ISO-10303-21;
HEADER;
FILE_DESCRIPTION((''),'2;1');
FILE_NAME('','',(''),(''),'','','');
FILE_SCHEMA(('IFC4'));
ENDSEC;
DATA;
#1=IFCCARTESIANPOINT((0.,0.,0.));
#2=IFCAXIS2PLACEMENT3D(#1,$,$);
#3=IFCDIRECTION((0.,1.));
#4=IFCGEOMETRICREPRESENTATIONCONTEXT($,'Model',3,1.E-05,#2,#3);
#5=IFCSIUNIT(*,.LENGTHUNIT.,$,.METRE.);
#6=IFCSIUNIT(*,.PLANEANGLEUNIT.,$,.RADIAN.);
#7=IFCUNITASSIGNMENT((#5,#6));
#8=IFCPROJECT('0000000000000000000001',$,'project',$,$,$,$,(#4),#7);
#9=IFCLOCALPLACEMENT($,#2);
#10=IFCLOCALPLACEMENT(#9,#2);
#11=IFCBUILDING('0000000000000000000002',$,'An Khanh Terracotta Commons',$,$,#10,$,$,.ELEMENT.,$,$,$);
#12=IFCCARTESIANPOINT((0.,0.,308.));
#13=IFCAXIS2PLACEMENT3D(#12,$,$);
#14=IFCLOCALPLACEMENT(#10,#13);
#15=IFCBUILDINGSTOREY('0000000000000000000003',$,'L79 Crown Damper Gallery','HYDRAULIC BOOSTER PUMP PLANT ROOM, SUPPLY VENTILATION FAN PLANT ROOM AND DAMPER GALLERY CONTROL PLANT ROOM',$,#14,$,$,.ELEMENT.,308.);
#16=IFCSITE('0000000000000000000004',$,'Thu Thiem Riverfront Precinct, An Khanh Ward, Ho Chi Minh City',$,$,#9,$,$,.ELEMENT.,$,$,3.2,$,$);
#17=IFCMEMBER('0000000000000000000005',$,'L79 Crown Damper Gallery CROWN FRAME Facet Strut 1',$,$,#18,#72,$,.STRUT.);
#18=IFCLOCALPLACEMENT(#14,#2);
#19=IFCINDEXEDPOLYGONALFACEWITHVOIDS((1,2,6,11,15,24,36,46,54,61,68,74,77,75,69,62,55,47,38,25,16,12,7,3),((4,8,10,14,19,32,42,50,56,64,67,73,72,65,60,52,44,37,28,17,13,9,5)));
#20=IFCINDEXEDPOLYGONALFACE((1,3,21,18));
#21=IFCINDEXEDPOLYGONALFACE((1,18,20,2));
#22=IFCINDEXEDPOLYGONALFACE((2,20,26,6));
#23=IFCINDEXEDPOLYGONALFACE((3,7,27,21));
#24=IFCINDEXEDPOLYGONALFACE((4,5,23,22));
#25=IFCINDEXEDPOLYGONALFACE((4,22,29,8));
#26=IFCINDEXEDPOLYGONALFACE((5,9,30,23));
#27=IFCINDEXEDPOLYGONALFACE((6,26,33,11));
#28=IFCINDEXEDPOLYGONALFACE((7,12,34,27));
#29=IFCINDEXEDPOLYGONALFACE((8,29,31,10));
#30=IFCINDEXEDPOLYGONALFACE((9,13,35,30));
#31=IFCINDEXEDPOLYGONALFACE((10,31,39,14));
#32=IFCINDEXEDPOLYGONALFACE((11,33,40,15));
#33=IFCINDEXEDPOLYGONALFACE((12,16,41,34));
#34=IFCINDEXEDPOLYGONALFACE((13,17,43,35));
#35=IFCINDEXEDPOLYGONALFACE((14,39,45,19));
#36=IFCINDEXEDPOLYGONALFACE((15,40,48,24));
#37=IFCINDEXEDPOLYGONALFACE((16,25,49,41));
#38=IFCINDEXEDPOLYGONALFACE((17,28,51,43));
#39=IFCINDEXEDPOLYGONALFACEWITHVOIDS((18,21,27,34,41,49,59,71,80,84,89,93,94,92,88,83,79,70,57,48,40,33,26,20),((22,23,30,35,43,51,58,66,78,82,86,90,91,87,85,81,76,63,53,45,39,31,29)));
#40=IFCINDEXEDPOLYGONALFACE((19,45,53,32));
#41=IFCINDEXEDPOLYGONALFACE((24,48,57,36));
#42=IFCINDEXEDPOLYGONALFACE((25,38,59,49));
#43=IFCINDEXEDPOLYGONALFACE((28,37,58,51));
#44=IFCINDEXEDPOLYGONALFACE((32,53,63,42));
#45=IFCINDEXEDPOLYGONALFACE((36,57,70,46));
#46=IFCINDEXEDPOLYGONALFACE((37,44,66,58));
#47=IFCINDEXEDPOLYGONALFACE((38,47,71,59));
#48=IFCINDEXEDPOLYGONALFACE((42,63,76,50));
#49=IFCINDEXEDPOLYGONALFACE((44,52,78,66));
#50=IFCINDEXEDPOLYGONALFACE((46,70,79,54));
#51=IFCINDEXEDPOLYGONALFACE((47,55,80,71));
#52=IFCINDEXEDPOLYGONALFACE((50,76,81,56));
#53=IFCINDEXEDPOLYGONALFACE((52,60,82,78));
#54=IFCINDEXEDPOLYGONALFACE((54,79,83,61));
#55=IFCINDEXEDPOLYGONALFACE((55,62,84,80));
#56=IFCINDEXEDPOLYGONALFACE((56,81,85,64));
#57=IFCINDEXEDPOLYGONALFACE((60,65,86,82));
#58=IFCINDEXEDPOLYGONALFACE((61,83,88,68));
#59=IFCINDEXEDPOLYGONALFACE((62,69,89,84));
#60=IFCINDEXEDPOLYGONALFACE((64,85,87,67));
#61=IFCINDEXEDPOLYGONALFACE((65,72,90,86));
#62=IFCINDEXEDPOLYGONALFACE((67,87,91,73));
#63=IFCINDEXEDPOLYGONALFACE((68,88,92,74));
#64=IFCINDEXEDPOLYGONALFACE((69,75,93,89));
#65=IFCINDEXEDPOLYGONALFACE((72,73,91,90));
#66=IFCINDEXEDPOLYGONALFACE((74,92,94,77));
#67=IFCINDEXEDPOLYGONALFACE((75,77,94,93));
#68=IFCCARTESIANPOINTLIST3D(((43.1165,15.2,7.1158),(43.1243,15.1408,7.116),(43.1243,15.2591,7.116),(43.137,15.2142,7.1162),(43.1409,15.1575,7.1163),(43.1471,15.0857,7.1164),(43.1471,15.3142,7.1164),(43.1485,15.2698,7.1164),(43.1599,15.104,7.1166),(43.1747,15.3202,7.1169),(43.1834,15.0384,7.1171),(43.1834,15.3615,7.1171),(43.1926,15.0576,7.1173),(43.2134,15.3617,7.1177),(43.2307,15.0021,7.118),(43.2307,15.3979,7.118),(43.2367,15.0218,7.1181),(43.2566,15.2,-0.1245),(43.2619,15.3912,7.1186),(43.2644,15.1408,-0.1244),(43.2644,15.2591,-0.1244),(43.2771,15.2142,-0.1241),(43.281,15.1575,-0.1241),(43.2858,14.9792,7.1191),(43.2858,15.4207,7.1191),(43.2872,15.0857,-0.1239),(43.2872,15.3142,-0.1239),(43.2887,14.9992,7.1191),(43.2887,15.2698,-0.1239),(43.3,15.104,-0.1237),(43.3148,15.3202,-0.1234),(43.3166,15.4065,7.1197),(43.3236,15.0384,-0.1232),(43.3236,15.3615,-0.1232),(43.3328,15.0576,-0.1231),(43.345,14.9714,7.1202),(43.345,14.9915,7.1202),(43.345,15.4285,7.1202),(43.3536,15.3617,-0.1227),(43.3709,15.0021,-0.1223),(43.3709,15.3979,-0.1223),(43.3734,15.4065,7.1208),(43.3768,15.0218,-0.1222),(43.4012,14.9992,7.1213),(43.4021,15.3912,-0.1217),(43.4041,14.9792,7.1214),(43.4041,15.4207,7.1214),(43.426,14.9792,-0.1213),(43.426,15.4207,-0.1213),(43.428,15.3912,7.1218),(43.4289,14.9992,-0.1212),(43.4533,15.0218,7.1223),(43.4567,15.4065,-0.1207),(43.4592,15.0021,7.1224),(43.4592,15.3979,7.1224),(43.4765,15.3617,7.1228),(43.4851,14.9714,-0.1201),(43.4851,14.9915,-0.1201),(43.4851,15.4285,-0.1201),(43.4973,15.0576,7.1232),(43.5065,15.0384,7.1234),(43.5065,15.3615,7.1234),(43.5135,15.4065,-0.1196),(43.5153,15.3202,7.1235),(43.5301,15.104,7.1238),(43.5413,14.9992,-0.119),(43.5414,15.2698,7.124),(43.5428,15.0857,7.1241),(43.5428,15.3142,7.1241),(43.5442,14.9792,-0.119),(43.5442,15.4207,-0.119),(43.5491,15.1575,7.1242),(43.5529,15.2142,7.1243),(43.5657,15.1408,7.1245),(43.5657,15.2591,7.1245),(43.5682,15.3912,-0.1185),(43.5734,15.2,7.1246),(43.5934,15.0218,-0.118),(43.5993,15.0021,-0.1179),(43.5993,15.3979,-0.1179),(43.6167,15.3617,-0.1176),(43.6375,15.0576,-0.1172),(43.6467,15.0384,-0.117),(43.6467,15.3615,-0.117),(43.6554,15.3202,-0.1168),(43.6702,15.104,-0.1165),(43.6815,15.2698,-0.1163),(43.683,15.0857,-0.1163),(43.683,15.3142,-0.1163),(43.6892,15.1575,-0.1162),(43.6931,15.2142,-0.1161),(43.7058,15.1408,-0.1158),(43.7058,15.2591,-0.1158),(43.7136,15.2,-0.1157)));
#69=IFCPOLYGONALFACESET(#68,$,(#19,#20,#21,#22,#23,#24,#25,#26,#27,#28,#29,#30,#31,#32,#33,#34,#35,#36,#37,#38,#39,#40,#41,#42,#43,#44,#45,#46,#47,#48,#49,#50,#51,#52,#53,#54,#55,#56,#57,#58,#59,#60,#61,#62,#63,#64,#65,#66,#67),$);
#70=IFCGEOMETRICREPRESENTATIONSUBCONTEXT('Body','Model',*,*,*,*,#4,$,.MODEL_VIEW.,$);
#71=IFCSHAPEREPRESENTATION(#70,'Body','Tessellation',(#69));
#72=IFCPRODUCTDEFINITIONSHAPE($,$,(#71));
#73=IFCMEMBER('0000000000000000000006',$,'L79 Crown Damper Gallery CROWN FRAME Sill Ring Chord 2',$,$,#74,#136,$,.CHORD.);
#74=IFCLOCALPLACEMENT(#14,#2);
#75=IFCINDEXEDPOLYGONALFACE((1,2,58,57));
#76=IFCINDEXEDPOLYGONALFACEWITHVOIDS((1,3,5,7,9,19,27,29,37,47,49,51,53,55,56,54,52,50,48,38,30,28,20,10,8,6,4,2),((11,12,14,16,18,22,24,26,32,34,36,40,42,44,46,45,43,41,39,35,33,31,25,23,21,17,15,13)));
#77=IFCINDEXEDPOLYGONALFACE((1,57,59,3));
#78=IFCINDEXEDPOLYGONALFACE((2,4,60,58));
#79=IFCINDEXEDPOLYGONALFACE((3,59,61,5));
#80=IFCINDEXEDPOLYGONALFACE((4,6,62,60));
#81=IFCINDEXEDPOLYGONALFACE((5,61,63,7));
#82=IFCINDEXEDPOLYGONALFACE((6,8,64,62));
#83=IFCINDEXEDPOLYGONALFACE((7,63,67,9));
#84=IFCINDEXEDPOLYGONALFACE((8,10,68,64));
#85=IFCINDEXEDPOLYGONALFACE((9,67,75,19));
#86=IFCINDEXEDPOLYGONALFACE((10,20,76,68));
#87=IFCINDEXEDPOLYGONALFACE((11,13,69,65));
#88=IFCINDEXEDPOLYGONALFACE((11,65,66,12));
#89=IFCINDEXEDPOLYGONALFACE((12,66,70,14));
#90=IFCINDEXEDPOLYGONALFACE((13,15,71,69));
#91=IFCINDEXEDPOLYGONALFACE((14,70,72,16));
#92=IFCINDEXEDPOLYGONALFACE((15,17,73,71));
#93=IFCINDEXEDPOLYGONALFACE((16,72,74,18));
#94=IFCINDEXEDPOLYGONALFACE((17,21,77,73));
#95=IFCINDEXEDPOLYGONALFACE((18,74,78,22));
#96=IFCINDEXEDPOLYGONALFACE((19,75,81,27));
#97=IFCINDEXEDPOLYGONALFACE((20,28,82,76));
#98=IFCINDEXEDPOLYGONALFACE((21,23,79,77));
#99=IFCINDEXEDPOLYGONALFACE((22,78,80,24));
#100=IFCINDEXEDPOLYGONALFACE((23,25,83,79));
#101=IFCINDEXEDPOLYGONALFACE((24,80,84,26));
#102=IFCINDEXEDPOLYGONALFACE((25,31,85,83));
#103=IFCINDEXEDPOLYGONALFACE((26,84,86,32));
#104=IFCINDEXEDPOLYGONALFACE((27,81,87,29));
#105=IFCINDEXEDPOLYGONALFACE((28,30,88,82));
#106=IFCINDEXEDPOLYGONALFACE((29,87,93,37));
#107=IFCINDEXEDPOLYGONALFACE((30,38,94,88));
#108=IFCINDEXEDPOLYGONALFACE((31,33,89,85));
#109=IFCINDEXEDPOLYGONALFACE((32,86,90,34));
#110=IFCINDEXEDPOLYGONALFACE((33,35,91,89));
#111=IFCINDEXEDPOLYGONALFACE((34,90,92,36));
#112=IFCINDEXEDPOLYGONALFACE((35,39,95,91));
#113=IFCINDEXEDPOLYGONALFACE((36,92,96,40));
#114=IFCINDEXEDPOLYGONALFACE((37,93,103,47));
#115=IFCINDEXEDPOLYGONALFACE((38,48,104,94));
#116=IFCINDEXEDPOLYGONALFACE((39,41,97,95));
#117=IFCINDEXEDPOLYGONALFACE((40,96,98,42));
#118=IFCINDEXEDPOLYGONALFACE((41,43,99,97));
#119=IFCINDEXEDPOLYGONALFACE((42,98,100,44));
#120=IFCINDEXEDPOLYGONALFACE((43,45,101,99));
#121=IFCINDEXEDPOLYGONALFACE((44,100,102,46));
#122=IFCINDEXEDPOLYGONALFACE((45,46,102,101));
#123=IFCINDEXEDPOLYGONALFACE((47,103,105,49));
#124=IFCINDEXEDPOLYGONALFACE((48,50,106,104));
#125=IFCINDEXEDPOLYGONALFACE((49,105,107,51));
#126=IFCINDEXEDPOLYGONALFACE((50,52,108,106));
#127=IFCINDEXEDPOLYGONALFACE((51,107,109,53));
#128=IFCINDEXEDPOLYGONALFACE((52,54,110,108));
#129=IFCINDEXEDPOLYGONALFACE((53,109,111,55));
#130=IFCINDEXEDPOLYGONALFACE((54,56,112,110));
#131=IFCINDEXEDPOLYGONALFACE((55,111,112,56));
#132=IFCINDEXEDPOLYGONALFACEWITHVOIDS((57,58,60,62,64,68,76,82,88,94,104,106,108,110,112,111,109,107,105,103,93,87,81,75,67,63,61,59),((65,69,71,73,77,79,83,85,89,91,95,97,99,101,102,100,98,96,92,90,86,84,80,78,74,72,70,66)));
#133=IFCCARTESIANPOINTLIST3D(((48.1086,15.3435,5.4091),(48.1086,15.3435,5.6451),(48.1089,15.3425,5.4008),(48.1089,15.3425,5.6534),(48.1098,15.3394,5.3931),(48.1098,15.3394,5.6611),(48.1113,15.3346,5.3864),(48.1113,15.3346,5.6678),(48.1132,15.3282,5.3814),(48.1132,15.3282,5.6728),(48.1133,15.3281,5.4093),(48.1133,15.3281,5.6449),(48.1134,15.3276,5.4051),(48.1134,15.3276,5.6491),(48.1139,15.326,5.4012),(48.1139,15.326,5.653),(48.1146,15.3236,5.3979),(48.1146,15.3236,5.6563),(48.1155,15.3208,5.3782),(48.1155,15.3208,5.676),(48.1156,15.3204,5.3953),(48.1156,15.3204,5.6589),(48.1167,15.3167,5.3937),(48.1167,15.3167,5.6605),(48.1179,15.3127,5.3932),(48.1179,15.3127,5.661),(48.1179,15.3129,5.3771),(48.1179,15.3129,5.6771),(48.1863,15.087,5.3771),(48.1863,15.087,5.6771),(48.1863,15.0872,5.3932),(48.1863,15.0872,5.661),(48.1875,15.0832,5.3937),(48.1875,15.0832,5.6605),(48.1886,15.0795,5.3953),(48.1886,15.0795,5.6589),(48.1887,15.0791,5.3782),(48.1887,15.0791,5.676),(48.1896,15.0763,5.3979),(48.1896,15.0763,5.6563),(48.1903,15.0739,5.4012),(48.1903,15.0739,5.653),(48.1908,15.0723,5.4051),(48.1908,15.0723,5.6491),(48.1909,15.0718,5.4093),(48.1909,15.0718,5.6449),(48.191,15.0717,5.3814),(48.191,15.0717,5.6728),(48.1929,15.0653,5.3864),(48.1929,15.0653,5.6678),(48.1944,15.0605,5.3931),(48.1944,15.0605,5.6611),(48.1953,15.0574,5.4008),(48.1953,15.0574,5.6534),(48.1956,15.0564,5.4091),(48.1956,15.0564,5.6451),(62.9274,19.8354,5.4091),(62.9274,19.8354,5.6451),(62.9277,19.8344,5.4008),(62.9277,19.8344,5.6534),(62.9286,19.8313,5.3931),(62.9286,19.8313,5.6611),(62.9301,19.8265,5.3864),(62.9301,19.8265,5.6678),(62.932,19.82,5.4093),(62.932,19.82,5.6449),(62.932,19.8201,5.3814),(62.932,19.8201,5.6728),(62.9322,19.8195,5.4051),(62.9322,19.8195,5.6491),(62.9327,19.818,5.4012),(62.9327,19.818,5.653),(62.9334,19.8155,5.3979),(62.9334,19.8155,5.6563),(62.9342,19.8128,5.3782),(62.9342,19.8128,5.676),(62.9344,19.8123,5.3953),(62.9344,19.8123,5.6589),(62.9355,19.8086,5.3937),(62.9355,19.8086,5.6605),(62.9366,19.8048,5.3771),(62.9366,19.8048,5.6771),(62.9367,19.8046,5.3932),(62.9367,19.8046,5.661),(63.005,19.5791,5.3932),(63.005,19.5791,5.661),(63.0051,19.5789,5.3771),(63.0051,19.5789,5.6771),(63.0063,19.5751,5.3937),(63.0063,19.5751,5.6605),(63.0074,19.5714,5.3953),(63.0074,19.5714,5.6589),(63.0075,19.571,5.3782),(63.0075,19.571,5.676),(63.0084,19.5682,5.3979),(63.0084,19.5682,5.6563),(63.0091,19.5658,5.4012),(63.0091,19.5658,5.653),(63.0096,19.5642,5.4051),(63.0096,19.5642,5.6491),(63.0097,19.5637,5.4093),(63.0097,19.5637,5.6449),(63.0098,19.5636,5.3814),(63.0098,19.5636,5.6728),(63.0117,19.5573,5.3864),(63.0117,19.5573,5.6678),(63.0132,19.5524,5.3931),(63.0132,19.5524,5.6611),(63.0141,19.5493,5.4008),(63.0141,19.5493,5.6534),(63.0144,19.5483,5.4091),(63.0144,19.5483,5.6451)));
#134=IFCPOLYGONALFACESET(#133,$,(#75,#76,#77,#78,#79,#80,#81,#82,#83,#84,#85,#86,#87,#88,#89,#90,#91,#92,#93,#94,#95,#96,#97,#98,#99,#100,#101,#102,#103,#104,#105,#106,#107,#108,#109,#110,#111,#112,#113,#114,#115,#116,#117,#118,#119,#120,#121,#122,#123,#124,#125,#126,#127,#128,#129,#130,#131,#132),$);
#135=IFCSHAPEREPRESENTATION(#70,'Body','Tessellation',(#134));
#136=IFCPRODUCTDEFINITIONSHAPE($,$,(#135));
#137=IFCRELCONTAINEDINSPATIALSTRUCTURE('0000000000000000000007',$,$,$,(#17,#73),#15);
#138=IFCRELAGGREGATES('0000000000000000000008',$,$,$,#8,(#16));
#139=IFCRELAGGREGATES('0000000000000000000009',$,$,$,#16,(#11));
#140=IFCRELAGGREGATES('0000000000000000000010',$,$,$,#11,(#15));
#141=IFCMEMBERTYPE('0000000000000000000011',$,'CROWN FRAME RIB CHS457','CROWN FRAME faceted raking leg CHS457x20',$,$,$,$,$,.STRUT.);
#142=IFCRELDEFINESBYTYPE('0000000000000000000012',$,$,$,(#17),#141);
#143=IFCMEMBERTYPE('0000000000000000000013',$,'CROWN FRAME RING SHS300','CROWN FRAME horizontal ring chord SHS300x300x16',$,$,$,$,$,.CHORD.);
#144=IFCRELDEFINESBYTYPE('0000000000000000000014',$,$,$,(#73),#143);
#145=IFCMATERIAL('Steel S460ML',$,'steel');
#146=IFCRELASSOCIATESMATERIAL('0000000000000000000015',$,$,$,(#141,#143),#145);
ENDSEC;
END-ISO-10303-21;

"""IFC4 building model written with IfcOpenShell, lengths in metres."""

from ifc_helpers import new_model, si_unit, direction, frame, origin, origin_2d, place, context, subcontext, project, spatial, hollow_rectangle, hollow_circle, extrude, material, material_profile, profile_set, type_object, element, save


model = new_model("IFC4")

# Units and contexts
model_context = context("Model", 3, precision=1e-05, world=origin(), true_north=direction((0.0, 1.0)))
body_context = subcontext(model_context, "Body", "Model", "MODEL_VIEW")
ifc_project = project(units=[si_unit("LENGTHUNIT", "METRE"), si_unit("PLANEANGLEUNIT", "RADIAN")], contexts=[model_context])

# Site, building, storey
site_placement = place(None, origin())
site = spatial("IfcSite", under=ifc_project, at=site_placement, Name="Thu Thiem Riverfront Precinct, An Khanh Ward, Ho Chi Minh City", CompositionType="ELEMENT", RefElevation=3.2)
building_placement = place(site_placement, origin())
building = spatial("IfcBuilding", under=site, at=building_placement, Name="An Khanh Terracotta Commons", CompositionType="ELEMENT")
storey_placement = place(building_placement, frame((0.0, 0.0, 308.0)))
storey = spatial("IfcBuildingStorey", under=building, at=storey_placement, Name="L79 Crown Damper Gallery", Description="HYDRAULIC BOOSTER PUMP PLANT ROOM, SUPPLY VENTILATION FAN PLANT ROOM AND DAMPER GALLERY CONTROL PLANT ROOM", CompositionType="ELEMENT", Elevation=308.0)

# Shared definitions
ifc_material_1 = material(Name="Steel S460ML", Category="steel")

# Members
ifc_material_profile_1 = material_profile(ifc_material_1, hollow_circle(Radius=0.2285, WallThickness=0.02, at=origin_2d()), Name="CHS457x20")
ifc_profile_set_1 = profile_set([ifc_material_profile_1], Name="Steel S460ML")
member_type_1 = type_object("IfcMemberType", Name="CROWN FRAME RIB CHS457", Description="CROWN FRAME faceted raking leg CHS457x20", PredefinedType="STRUT", material=ifc_profile_set_1)
member_1_placement = place(storey_placement, frame((43.4851, 15.2, -0.1201), z_axis=(-0.019352, 0.0, 0.999813), x_axis=(0.0, -1.0, 0.0)))
element("IfcMember", 1, at=member_1_placement, inside=storey, type_object=member_type_1, Name="L79 Crown Damper Gallery CROWN FRAME Facet Strut 1", PredefinedType="STRUT", context=body_context, shape_type="SweptSolid", body=[
    extrude(hollow_circle(Radius=0.2285, WallThickness=0.02, at=origin_2d()), origin(), (0.0, 0.0, 1.0), 7.2417),
])
ifc_material_profile_2 = material_profile(ifc_material_1, hollow_rectangle(XDim=0.3, YDim=0.3, WallThickness=0.0161, InnerFilletRadius=0.0161, OuterFilletRadius=0.032, at=origin_2d()), Name="SHS300x300x16")
ifc_profile_set_2 = profile_set([ifc_material_profile_2], Name="Steel S460ML")
member_type_2 = type_object("IfcMemberType", Name="CROWN FRAME RING SHS300", Description="CROWN FRAME horizontal ring chord SHS300x300x16", PredefinedType="CHORD", material=ifc_profile_set_2)
member_2_placement = place(storey_placement, frame((48.1521, 15.2, 5.5271), z_axis=(0.957, 0.290089, 0.0), x_axis=(-0.290089, 0.957, 0.0)))
element("IfcMember", 2, at=member_2_placement, inside=storey, type_object=member_type_2, Name="L79 Crown Damper Gallery CROWN FRAME Sill Ring Chord 2", PredefinedType="CHORD", context=body_context, shape_type="SweptSolid", body=[
    extrude(hollow_rectangle(XDim=0.3, YDim=0.3, WallThickness=0.0161, InnerFilletRadius=0.0161, OuterFilletRadius=0.032, at=origin_2d()), origin(), (0.0, 0.0, 1.0), 15.4846),
])

save(model, "model.ifc")
